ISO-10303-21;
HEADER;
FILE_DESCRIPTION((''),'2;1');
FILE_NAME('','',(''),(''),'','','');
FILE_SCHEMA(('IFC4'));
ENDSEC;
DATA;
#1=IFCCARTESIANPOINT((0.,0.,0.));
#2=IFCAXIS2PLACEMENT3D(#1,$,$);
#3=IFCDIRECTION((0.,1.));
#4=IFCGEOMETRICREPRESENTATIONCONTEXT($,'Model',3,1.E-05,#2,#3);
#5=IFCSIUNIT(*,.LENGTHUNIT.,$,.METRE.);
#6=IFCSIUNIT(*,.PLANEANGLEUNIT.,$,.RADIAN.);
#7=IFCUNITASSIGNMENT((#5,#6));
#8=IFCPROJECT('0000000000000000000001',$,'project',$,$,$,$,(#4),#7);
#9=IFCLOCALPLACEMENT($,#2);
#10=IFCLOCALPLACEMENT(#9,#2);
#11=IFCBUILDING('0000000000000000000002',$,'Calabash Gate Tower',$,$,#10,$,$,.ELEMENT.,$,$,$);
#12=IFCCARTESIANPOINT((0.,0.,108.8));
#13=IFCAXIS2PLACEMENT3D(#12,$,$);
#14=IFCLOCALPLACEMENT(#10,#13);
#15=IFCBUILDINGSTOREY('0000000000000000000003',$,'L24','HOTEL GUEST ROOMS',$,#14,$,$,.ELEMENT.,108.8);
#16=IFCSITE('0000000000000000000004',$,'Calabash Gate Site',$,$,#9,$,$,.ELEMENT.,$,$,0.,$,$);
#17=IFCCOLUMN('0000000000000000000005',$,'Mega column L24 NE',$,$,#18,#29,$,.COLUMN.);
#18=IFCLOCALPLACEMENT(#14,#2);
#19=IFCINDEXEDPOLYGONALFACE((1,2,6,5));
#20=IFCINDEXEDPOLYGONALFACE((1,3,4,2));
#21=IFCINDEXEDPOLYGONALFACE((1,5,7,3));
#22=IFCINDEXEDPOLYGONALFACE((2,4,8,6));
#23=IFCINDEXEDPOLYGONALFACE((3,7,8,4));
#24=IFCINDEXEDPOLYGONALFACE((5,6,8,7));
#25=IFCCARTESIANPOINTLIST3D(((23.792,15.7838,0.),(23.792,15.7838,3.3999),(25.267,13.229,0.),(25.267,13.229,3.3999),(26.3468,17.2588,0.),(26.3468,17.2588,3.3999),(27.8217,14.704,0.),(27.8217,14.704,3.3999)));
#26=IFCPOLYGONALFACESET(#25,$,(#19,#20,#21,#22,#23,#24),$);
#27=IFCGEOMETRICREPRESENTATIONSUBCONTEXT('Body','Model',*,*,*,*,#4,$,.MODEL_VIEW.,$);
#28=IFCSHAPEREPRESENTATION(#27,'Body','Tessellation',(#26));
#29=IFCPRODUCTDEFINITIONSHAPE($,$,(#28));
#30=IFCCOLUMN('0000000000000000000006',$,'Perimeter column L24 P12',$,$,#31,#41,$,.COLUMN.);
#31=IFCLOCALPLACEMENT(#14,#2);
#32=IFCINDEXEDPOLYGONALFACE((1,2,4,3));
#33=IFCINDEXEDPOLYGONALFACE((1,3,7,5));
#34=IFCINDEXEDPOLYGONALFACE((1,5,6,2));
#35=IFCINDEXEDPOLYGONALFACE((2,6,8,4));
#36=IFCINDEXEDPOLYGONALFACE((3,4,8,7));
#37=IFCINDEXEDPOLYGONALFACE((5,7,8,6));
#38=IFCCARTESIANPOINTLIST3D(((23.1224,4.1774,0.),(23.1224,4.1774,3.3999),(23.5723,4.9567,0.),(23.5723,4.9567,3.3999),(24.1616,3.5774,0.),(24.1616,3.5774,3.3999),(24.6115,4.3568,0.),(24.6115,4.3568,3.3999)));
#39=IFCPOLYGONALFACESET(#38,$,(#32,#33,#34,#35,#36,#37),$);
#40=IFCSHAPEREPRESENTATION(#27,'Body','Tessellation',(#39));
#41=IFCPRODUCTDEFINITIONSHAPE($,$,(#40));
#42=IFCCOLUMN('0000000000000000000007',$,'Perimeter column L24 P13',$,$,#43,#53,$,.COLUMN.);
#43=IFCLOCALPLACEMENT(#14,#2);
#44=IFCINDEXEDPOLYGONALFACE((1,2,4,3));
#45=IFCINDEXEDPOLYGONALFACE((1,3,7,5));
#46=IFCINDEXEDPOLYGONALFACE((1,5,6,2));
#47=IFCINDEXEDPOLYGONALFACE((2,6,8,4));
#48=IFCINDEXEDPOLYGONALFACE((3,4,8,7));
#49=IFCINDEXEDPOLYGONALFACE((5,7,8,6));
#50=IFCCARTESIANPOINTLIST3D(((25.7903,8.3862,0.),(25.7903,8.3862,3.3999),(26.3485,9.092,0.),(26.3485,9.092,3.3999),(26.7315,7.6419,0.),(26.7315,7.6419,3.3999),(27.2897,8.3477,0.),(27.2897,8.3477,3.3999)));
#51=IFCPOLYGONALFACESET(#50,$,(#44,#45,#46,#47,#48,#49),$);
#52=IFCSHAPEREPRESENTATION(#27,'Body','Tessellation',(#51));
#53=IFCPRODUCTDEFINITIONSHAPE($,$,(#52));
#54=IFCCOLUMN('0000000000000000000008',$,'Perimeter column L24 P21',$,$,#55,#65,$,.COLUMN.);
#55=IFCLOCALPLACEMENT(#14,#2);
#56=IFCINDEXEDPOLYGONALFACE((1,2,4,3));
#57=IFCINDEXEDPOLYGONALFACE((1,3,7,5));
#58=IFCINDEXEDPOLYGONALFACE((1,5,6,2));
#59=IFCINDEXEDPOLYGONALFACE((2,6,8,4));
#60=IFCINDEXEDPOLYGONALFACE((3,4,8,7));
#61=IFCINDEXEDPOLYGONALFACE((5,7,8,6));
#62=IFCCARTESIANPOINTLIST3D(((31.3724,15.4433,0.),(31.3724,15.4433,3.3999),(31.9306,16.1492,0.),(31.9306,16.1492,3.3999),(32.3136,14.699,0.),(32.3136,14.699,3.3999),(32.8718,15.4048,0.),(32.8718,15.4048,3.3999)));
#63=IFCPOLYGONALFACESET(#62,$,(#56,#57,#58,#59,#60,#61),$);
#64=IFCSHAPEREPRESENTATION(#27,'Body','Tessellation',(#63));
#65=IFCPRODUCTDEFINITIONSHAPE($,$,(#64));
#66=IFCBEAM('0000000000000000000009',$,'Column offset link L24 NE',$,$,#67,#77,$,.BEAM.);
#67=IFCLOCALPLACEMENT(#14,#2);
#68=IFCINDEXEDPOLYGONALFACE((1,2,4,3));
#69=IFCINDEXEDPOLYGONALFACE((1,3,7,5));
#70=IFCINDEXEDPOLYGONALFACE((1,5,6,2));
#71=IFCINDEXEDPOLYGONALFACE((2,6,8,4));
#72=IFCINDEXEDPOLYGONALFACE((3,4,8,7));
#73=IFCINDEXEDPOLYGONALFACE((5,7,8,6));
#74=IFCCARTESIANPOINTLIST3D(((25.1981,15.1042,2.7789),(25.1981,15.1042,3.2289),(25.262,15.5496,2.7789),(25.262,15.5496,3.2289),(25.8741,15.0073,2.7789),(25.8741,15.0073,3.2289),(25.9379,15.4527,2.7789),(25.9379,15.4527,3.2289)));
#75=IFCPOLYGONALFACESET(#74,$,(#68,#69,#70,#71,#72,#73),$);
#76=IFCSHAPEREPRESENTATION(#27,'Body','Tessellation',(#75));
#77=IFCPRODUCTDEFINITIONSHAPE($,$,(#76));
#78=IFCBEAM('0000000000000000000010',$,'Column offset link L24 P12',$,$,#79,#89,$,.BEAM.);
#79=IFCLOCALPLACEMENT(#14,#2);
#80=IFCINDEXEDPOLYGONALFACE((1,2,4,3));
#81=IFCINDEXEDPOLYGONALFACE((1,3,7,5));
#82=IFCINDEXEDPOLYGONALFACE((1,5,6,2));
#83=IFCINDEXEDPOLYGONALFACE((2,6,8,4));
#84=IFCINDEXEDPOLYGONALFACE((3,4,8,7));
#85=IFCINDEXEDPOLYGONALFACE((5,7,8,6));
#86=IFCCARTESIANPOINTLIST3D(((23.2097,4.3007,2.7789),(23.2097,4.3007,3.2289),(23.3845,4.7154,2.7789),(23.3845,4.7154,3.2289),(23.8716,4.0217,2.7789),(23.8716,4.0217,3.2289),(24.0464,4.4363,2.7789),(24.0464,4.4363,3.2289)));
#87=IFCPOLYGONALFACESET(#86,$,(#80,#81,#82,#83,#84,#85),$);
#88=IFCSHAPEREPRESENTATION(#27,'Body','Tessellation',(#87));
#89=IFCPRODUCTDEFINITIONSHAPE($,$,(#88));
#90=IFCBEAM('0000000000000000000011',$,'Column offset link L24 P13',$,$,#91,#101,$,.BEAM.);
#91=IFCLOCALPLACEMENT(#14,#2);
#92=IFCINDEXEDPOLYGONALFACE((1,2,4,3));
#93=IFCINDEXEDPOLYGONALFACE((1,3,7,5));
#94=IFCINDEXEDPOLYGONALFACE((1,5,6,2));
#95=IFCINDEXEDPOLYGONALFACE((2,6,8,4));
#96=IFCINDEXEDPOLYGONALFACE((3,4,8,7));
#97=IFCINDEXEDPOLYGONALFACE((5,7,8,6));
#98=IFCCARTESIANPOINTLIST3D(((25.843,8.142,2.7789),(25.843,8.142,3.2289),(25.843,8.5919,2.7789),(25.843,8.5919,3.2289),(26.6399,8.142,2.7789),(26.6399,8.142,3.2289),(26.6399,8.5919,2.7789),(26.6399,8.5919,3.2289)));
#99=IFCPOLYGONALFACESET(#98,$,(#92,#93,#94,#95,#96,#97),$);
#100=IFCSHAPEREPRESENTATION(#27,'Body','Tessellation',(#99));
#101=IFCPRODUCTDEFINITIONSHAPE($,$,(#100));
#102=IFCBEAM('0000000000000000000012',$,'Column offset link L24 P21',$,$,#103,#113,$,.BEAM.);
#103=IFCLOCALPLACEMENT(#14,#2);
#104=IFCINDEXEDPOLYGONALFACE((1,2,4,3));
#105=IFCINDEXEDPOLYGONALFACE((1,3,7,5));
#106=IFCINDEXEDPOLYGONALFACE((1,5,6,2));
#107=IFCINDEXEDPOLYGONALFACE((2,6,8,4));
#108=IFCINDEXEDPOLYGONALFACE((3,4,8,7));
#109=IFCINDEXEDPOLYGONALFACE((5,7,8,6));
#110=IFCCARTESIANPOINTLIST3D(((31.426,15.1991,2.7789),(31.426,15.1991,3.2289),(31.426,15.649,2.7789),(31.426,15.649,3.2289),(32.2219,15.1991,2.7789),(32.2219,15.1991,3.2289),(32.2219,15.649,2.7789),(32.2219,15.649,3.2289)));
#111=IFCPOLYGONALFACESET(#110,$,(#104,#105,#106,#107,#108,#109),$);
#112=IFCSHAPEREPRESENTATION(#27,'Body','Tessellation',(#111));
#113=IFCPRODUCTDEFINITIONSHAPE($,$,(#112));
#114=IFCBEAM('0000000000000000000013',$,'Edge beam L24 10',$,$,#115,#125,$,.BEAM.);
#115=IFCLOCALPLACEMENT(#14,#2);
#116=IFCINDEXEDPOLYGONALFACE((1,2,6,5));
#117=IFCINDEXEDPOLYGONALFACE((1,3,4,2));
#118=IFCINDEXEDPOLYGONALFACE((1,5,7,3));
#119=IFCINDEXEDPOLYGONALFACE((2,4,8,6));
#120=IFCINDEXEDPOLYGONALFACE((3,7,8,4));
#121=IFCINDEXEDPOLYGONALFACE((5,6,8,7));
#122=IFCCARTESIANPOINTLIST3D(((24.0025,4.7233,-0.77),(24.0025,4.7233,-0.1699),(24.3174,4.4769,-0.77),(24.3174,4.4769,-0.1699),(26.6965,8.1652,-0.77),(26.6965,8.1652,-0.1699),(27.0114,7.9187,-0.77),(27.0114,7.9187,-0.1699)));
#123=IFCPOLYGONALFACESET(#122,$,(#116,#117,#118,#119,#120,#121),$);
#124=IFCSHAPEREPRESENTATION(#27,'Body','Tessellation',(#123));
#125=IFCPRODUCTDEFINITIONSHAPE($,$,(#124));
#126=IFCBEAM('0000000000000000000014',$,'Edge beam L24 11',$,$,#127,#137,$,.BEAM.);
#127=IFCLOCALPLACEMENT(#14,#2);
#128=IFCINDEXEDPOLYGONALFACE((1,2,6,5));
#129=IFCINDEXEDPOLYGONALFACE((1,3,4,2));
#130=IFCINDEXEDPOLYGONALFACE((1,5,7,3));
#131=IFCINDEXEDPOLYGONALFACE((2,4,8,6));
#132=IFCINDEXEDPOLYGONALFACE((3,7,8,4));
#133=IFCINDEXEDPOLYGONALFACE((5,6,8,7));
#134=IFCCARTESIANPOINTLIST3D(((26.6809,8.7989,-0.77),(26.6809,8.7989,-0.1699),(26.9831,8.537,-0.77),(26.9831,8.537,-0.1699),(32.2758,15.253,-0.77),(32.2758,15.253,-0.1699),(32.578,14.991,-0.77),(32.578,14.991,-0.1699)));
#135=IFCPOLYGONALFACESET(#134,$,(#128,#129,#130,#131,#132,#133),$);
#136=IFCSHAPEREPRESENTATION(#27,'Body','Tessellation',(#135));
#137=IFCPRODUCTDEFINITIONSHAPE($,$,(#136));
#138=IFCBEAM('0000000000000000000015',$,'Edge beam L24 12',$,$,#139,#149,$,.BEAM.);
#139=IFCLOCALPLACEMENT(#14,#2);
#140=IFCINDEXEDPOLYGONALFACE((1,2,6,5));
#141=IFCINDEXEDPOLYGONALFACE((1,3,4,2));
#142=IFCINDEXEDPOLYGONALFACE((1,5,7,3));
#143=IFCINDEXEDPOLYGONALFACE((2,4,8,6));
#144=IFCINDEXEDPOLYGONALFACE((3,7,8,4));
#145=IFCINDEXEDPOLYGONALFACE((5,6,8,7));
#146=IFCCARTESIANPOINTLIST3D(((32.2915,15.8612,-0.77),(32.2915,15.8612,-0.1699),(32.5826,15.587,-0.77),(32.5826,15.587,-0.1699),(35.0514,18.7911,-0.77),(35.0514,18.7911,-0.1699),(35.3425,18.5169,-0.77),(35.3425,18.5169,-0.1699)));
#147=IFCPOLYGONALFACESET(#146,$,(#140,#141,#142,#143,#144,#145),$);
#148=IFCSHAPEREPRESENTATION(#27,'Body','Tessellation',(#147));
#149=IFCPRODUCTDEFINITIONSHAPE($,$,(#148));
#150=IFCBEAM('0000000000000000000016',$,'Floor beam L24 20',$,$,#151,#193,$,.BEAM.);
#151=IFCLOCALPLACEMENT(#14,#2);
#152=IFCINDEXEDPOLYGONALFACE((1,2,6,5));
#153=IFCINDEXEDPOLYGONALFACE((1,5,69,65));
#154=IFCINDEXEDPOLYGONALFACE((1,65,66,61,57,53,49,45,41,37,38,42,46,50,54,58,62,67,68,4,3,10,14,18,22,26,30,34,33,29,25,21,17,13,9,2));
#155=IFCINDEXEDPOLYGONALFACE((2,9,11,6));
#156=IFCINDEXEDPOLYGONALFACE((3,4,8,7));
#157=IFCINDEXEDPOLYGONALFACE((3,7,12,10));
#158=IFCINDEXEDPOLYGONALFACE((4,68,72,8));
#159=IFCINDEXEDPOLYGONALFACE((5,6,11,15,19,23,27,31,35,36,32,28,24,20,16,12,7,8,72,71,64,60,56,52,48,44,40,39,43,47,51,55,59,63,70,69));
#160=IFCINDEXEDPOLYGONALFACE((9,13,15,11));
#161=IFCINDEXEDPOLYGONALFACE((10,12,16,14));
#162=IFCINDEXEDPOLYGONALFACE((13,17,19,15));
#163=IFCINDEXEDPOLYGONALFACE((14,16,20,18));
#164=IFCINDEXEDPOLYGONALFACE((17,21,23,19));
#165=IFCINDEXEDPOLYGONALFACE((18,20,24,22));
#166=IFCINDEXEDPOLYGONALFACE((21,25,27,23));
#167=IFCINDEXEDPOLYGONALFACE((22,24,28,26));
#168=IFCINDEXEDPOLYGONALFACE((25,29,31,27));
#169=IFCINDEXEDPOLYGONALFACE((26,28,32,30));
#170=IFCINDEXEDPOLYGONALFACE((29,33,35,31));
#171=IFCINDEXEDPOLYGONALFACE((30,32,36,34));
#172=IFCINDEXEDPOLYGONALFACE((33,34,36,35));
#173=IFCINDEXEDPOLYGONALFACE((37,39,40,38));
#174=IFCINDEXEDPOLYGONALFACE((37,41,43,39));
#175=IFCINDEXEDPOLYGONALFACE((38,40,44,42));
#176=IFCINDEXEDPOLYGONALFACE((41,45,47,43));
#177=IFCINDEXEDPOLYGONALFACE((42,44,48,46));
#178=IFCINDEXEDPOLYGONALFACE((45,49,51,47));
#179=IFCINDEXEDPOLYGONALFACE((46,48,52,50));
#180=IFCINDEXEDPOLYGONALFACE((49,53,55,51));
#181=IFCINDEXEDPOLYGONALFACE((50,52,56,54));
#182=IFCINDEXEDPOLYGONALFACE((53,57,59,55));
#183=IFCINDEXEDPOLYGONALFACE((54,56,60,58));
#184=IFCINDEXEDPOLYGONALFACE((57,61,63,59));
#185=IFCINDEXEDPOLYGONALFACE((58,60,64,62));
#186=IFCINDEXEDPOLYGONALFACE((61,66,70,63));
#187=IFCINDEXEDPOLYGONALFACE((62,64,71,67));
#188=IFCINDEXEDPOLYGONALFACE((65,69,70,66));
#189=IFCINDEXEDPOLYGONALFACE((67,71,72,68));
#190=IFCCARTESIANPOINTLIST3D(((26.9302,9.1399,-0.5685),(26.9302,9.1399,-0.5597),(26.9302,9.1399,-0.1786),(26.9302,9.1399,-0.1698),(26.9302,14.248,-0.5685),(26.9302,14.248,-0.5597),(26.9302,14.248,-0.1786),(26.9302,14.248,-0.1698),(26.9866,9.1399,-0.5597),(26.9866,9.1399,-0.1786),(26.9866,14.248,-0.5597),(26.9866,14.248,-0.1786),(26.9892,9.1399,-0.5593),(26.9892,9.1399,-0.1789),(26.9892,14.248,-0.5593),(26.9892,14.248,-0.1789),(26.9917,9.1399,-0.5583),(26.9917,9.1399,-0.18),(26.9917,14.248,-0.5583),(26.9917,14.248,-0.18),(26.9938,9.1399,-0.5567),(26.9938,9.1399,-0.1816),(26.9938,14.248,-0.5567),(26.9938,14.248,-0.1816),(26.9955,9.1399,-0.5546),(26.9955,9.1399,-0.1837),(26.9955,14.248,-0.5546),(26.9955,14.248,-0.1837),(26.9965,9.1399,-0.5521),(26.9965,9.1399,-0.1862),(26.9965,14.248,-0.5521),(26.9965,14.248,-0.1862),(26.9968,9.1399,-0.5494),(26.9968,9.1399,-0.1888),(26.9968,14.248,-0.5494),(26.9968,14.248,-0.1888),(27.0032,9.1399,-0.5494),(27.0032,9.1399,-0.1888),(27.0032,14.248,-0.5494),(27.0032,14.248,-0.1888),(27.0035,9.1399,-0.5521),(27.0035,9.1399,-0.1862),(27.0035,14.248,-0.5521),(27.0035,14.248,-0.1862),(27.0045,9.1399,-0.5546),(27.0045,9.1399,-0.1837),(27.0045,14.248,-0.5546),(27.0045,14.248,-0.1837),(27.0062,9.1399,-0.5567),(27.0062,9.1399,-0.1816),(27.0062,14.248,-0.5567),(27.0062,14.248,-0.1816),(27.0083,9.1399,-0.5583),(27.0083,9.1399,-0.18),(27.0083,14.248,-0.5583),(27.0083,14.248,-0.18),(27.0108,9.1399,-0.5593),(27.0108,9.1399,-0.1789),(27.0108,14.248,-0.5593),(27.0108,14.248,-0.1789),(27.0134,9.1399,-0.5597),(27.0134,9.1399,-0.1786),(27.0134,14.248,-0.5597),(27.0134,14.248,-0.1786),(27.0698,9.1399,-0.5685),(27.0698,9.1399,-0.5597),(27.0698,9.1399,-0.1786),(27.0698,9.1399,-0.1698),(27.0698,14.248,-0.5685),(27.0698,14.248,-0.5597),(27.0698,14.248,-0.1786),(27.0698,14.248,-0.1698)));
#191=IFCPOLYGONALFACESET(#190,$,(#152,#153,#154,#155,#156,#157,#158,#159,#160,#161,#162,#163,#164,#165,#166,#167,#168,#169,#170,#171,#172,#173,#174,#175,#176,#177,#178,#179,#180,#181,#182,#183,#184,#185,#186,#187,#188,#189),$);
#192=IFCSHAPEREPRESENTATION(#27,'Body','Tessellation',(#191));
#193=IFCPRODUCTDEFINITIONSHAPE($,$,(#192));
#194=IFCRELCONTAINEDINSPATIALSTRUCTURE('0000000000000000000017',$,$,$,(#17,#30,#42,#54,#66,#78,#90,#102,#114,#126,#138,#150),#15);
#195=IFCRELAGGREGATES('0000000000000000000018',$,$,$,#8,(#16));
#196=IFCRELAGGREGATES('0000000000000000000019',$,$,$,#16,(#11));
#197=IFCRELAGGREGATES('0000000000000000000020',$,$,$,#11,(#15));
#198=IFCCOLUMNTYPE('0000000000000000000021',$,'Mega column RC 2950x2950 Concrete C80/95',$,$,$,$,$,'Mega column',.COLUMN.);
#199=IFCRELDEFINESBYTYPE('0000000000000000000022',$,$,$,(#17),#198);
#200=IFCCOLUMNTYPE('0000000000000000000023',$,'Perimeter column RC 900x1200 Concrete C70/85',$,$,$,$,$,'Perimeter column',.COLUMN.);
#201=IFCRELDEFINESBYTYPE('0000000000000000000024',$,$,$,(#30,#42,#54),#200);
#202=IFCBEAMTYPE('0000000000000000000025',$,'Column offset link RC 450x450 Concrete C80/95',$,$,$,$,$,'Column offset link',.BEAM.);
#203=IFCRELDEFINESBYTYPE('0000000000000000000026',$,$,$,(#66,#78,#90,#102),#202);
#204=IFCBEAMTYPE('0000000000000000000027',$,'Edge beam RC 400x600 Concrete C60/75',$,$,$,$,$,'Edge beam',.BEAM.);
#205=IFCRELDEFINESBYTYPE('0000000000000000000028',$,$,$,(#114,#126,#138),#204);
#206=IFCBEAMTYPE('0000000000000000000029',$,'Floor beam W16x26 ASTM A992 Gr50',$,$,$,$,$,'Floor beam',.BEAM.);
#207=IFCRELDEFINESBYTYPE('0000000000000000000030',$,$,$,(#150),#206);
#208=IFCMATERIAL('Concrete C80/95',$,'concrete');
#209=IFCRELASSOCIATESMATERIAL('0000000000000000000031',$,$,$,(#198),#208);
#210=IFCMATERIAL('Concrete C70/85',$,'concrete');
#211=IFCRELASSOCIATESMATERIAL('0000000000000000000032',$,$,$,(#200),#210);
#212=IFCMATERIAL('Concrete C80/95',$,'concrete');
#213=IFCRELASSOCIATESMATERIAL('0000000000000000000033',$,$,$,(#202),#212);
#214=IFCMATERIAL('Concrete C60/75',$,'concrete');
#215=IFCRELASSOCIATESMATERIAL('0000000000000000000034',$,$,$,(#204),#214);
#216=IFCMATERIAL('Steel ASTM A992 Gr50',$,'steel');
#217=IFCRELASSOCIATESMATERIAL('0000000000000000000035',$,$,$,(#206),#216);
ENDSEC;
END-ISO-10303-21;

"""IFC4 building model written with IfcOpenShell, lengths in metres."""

from ifc_helpers import new_model, si_unit, direction, frame, origin, origin_2d, place, context, subcontext, project, spatial, rectangle, i_section, extrude, material, material_profile, profile_set, type_object, element, save


model = new_model("IFC4")

# Units and contexts
model_context = context("Model", 3, precision=1e-05, world=origin(), true_north=direction((0.0, 1.0)))
body_context = subcontext(model_context, "Body", "Model", "MODEL_VIEW")
ifc_project = project(units=[si_unit("LENGTHUNIT", "METRE"), si_unit("PLANEANGLEUNIT", "RADIAN")], contexts=[model_context])

# Site, building, storey
site_placement = place(None, origin())
site = spatial("IfcSite", under=ifc_project, at=site_placement, Name="Calabash Gate Site", CompositionType="ELEMENT", RefElevation=0.0)
building_placement = place(site_placement, origin())
building = spatial("IfcBuilding", under=site, at=building_placement, Name="Calabash Gate Tower", CompositionType="ELEMENT")
storey_placement = place(building_placement, frame((0.0, 0.0, 108.8)))
storey = spatial("IfcBuildingStorey", under=building, at=storey_placement, Name="L24", Description="HOTEL GUEST ROOMS", CompositionType="ELEMENT", Elevation=108.8)

# Columns
ifc_material_1 = material(Name="Concrete C80/95", Category="concrete")
ifc_material_profile_1 = material_profile(ifc_material_1, rectangle(XDim=2.95, YDim=2.95, at=origin_2d()))
ifc_profile_set_1 = profile_set([ifc_material_profile_1], Name="Concrete C80/95")
column_type_1 = type_object("IfcColumnType", Name="Mega column RC 2950x2950 Concrete C80/95", ElementType="Mega column", PredefinedType="COLUMN", material=ifc_profile_set_1)
column_placement = place(storey_placement, frame((25.8069, 15.2439, 0.0), z_axis=(0.0, 0.0, 1.0), x_axis=(-0.866025, -0.5, 0.0)))
element("IfcColumn", 1, at=column_placement, inside=storey, type_object=column_type_1, Name="Mega column L24 NE", PredefinedType="COLUMN", context=body_context, shape_type="SweptSolid", body=[
    extrude(rectangle(XDim=2.95, YDim=2.95, at=origin_2d()), origin(), (0.0, 0.0, 1.0), 3.3999),
])
ifc_material_2 = material(Name="Concrete C70/85", Category="concrete")
ifc_material_profile_2 = material_profile(ifc_material_2, rectangle(XDim=0.8999, YDim=1.2, at=origin_2d()))
ifc_profile_set_2 = profile_set([ifc_material_profile_2], Name="Concrete C70/85")
column_type_2 = type_object("IfcColumnType", Name="Perimeter column RC 900x1200 Concrete C70/85", ElementType="Perimeter column", PredefinedType="COLUMN", material=ifc_profile_set_2)
for number, where, z_axis, x_axis, name in (
    (2, (23.8669, 4.2671, 0.0), (0.0, 0.0, 1.0), (0.5, 0.866025, 0.0), "Perimeter column L24 P12"),
    (3, (26.54, 8.3669, 0.0), (0.0, 0.0, 1.0), (0.620301, 0.784364, 0.0), "Perimeter column L24 P13"),
    (4, (32.1221, 15.4241, 0.0), (0.0, 0.0, 1.0), (0.620301, 0.784364, 0.0), "Perimeter column L24 P21"),
):
    element("IfcColumn", number, at=place(storey_placement, frame(where, z_axis=z_axis, x_axis=x_axis)), inside=storey, type_object=column_type_2, Name=name, PredefinedType="COLUMN", context=body_context, shape_type="SweptSolid", body=[
        extrude(rectangle(XDim=0.8999, YDim=1.2, at=origin_2d()), origin(), (0.0, 0.0, 1.0), 3.3999),
    ])

# Beams
ifc_material_3 = material(Name="Concrete C80/95", Category="concrete")
ifc_material_profile_3 = material_profile(ifc_material_3, rectangle(XDim=0.45, YDim=0.45, at=origin_2d()))
ifc_profile_set_3 = profile_set([ifc_material_profile_3], Name="Concrete C80/95")
beam_type_1 = type_object("IfcBeamType", Name="Column offset link RC 450x450 Concrete C80/95", ElementType="Column offset link", PredefinedType="BEAM", material=ifc_profile_set_3)
beam_1_placement = place(storey_placement, frame((25.906, 15.23, 3.0039), z_axis=(-0.989878, 0.141922, 0.0), x_axis=(-0.141922, -0.989878, 0.0)))
element("IfcBeam", 5, at=beam_1_placement, inside=storey, type_object=beam_type_1, Name="Column offset link L24 NE", PredefinedType="BEAM", context=body_context, shape_type="SweptSolid", body=[
    extrude(rectangle(XDim=0.45, YDim=0.45, at=origin_2d()), origin(), (0.0, 0.0, 1.0), 0.6829),
])
beam_2_placement = place(storey_placement, frame((23.959, 4.229, 3.0039), z_axis=(-0.92145, 0.388498, 0.0), x_axis=(-0.388498, -0.92145, 0.0)))
element("IfcBeam", 6, at=beam_2_placement, inside=storey, type_object=beam_type_1, Name="Column offset link L24 P12", PredefinedType="BEAM", context=body_context, shape_type="SweptSolid", body=[
    extrude(rectangle(XDim=0.45, YDim=0.45, at=origin_2d()), origin(), (0.0, 0.0, 1.0), 0.7183),
])
beam_3_placement = place(storey_placement, frame((26.6399, 8.3669, 3.0039), z_axis=(-1.0, 0.0, 0.0), x_axis=(0.0, -1.0, 0.0)))
element("IfcBeam", 7, at=beam_3_placement, inside=storey, type_object=beam_type_1, Name="Column offset link L24 P13", PredefinedType="BEAM", context=body_context, shape_type="SweptSolid", body=[
    extrude(rectangle(XDim=0.45, YDim=0.45, at=origin_2d()), origin(), (0.0, 0.0, 1.0), 0.7969),
])
beam_4_placement = place(storey_placement, frame((32.2219, 15.4241, 3.0039), z_axis=(-1.0, 0.0, 0.0), x_axis=(0.0, -1.0, 0.0)))
element("IfcBeam", 8, at=beam_4_placement, inside=storey, type_object=beam_type_1, Name="Column offset link L24 P21", PredefinedType="BEAM", context=body_context, shape_type="SweptSolid", body=[
    extrude(rectangle(XDim=0.45, YDim=0.45, at=origin_2d()), origin(), (0.0, 0.0, 1.0), 0.7959),
])
ifc_material_4 = material(Name="Concrete C60/75", Category="concrete")
ifc_material_profile_4 = material_profile(ifc_material_4, rectangle(XDim=0.3999, YDim=0.6001, at=origin_2d()))
ifc_profile_set_4 = profile_set([ifc_material_profile_4], Name="Concrete C60/75")
beam_type_2 = type_object("IfcBeamType", Name="Edge beam RC 400x600 Concrete C60/75", ElementType="Edge beam", PredefinedType="BEAM", material=ifc_profile_set_4)
beam_5_placement = place(storey_placement, frame((24.1599, 4.6001, -0.47), z_axis=(0.61637, 0.787457, 0.0), x_axis=(-0.787457, 0.61637, 0.0)))
element("IfcBeam", 9, at=beam_5_placement, inside=storey, type_object=beam_type_2, Name="Edge beam L24 10", PredefinedType="BEAM", context=body_context, shape_type="SweptSolid", body=[
    extrude(rectangle(XDim=0.3999, YDim=0.6001, at=origin_2d()), origin(), (0.0, 0.0, 1.0), 4.3708),
])
beam_6_placement = place(storey_placement, frame((26.832, 8.668, -0.47), z_axis=(0.655025, 0.755607, 0.0), x_axis=(-0.755607, 0.655025, 0.0)))
element("IfcBeam", 10, at=beam_6_placement, inside=storey, type_object=beam_type_2, Name="Edge beam L24 11", PredefinedType="BEAM", context=body_context, shape_type="SweptSolid", body=[
    extrude(rectangle(XDim=0.3999, YDim=0.6001, at=origin_2d()), origin(), (0.0, 0.0, 1.0), 8.5415),
])
beam_7_placement = place(storey_placement, frame((32.437, 15.7241, -0.47), z_axis=(0.685684, 0.727899, 0.0), x_axis=(-0.727899, 0.685684, 0.0)))
element("IfcBeam", 11, at=beam_7_placement, inside=storey, type_object=beam_type_2, Name="Edge beam L24 12", PredefinedType="BEAM", context=body_context, shape_type="SweptSolid", body=[
    extrude(rectangle(XDim=0.3999, YDim=0.6001, at=origin_2d()), origin(), (0.0, 0.0, 1.0), 4.0251),
])
ifc_material_5 = material(Name="Steel ASTM A992 Gr50", Category="steel")
ifc_material_profile_5 = material_profile(ifc_material_5, i_section(OverallWidth=0.1396, OverallDepth=0.3987, WebThickness=0.0063, FlangeThickness=0.0088, FilletRadius=0.0103, at=origin_2d()))
ifc_profile_set_5 = profile_set([ifc_material_profile_5], Name="Steel ASTM A992 Gr50")
beam_type_3 = type_object("IfcBeamType", Name="Floor beam W16x26 ASTM A992 Gr50", ElementType="Floor beam", PredefinedType="BEAM", material=ifc_profile_set_5)
beam_8_placement = place(storey_placement, frame((27.0, 9.1399, -0.3691), z_axis=(0.0, 1.0, 0.0), x_axis=(-1.0, 0.0, 0.0)))
element("IfcBeam", 12, at=beam_8_placement, inside=storey, type_object=beam_type_3, Name="Floor beam L24 20", PredefinedType="BEAM", context=body_context, shape_type="SweptSolid", body=[
    extrude(i_section(OverallWidth=0.1396, OverallDepth=0.3987, WebThickness=0.0063, FlangeThickness=0.0088, FilletRadius=0.0103, at=origin_2d()), origin(), (0.0, 0.0, 1.0), 5.1082),
])

save(model, "model.ifc")
